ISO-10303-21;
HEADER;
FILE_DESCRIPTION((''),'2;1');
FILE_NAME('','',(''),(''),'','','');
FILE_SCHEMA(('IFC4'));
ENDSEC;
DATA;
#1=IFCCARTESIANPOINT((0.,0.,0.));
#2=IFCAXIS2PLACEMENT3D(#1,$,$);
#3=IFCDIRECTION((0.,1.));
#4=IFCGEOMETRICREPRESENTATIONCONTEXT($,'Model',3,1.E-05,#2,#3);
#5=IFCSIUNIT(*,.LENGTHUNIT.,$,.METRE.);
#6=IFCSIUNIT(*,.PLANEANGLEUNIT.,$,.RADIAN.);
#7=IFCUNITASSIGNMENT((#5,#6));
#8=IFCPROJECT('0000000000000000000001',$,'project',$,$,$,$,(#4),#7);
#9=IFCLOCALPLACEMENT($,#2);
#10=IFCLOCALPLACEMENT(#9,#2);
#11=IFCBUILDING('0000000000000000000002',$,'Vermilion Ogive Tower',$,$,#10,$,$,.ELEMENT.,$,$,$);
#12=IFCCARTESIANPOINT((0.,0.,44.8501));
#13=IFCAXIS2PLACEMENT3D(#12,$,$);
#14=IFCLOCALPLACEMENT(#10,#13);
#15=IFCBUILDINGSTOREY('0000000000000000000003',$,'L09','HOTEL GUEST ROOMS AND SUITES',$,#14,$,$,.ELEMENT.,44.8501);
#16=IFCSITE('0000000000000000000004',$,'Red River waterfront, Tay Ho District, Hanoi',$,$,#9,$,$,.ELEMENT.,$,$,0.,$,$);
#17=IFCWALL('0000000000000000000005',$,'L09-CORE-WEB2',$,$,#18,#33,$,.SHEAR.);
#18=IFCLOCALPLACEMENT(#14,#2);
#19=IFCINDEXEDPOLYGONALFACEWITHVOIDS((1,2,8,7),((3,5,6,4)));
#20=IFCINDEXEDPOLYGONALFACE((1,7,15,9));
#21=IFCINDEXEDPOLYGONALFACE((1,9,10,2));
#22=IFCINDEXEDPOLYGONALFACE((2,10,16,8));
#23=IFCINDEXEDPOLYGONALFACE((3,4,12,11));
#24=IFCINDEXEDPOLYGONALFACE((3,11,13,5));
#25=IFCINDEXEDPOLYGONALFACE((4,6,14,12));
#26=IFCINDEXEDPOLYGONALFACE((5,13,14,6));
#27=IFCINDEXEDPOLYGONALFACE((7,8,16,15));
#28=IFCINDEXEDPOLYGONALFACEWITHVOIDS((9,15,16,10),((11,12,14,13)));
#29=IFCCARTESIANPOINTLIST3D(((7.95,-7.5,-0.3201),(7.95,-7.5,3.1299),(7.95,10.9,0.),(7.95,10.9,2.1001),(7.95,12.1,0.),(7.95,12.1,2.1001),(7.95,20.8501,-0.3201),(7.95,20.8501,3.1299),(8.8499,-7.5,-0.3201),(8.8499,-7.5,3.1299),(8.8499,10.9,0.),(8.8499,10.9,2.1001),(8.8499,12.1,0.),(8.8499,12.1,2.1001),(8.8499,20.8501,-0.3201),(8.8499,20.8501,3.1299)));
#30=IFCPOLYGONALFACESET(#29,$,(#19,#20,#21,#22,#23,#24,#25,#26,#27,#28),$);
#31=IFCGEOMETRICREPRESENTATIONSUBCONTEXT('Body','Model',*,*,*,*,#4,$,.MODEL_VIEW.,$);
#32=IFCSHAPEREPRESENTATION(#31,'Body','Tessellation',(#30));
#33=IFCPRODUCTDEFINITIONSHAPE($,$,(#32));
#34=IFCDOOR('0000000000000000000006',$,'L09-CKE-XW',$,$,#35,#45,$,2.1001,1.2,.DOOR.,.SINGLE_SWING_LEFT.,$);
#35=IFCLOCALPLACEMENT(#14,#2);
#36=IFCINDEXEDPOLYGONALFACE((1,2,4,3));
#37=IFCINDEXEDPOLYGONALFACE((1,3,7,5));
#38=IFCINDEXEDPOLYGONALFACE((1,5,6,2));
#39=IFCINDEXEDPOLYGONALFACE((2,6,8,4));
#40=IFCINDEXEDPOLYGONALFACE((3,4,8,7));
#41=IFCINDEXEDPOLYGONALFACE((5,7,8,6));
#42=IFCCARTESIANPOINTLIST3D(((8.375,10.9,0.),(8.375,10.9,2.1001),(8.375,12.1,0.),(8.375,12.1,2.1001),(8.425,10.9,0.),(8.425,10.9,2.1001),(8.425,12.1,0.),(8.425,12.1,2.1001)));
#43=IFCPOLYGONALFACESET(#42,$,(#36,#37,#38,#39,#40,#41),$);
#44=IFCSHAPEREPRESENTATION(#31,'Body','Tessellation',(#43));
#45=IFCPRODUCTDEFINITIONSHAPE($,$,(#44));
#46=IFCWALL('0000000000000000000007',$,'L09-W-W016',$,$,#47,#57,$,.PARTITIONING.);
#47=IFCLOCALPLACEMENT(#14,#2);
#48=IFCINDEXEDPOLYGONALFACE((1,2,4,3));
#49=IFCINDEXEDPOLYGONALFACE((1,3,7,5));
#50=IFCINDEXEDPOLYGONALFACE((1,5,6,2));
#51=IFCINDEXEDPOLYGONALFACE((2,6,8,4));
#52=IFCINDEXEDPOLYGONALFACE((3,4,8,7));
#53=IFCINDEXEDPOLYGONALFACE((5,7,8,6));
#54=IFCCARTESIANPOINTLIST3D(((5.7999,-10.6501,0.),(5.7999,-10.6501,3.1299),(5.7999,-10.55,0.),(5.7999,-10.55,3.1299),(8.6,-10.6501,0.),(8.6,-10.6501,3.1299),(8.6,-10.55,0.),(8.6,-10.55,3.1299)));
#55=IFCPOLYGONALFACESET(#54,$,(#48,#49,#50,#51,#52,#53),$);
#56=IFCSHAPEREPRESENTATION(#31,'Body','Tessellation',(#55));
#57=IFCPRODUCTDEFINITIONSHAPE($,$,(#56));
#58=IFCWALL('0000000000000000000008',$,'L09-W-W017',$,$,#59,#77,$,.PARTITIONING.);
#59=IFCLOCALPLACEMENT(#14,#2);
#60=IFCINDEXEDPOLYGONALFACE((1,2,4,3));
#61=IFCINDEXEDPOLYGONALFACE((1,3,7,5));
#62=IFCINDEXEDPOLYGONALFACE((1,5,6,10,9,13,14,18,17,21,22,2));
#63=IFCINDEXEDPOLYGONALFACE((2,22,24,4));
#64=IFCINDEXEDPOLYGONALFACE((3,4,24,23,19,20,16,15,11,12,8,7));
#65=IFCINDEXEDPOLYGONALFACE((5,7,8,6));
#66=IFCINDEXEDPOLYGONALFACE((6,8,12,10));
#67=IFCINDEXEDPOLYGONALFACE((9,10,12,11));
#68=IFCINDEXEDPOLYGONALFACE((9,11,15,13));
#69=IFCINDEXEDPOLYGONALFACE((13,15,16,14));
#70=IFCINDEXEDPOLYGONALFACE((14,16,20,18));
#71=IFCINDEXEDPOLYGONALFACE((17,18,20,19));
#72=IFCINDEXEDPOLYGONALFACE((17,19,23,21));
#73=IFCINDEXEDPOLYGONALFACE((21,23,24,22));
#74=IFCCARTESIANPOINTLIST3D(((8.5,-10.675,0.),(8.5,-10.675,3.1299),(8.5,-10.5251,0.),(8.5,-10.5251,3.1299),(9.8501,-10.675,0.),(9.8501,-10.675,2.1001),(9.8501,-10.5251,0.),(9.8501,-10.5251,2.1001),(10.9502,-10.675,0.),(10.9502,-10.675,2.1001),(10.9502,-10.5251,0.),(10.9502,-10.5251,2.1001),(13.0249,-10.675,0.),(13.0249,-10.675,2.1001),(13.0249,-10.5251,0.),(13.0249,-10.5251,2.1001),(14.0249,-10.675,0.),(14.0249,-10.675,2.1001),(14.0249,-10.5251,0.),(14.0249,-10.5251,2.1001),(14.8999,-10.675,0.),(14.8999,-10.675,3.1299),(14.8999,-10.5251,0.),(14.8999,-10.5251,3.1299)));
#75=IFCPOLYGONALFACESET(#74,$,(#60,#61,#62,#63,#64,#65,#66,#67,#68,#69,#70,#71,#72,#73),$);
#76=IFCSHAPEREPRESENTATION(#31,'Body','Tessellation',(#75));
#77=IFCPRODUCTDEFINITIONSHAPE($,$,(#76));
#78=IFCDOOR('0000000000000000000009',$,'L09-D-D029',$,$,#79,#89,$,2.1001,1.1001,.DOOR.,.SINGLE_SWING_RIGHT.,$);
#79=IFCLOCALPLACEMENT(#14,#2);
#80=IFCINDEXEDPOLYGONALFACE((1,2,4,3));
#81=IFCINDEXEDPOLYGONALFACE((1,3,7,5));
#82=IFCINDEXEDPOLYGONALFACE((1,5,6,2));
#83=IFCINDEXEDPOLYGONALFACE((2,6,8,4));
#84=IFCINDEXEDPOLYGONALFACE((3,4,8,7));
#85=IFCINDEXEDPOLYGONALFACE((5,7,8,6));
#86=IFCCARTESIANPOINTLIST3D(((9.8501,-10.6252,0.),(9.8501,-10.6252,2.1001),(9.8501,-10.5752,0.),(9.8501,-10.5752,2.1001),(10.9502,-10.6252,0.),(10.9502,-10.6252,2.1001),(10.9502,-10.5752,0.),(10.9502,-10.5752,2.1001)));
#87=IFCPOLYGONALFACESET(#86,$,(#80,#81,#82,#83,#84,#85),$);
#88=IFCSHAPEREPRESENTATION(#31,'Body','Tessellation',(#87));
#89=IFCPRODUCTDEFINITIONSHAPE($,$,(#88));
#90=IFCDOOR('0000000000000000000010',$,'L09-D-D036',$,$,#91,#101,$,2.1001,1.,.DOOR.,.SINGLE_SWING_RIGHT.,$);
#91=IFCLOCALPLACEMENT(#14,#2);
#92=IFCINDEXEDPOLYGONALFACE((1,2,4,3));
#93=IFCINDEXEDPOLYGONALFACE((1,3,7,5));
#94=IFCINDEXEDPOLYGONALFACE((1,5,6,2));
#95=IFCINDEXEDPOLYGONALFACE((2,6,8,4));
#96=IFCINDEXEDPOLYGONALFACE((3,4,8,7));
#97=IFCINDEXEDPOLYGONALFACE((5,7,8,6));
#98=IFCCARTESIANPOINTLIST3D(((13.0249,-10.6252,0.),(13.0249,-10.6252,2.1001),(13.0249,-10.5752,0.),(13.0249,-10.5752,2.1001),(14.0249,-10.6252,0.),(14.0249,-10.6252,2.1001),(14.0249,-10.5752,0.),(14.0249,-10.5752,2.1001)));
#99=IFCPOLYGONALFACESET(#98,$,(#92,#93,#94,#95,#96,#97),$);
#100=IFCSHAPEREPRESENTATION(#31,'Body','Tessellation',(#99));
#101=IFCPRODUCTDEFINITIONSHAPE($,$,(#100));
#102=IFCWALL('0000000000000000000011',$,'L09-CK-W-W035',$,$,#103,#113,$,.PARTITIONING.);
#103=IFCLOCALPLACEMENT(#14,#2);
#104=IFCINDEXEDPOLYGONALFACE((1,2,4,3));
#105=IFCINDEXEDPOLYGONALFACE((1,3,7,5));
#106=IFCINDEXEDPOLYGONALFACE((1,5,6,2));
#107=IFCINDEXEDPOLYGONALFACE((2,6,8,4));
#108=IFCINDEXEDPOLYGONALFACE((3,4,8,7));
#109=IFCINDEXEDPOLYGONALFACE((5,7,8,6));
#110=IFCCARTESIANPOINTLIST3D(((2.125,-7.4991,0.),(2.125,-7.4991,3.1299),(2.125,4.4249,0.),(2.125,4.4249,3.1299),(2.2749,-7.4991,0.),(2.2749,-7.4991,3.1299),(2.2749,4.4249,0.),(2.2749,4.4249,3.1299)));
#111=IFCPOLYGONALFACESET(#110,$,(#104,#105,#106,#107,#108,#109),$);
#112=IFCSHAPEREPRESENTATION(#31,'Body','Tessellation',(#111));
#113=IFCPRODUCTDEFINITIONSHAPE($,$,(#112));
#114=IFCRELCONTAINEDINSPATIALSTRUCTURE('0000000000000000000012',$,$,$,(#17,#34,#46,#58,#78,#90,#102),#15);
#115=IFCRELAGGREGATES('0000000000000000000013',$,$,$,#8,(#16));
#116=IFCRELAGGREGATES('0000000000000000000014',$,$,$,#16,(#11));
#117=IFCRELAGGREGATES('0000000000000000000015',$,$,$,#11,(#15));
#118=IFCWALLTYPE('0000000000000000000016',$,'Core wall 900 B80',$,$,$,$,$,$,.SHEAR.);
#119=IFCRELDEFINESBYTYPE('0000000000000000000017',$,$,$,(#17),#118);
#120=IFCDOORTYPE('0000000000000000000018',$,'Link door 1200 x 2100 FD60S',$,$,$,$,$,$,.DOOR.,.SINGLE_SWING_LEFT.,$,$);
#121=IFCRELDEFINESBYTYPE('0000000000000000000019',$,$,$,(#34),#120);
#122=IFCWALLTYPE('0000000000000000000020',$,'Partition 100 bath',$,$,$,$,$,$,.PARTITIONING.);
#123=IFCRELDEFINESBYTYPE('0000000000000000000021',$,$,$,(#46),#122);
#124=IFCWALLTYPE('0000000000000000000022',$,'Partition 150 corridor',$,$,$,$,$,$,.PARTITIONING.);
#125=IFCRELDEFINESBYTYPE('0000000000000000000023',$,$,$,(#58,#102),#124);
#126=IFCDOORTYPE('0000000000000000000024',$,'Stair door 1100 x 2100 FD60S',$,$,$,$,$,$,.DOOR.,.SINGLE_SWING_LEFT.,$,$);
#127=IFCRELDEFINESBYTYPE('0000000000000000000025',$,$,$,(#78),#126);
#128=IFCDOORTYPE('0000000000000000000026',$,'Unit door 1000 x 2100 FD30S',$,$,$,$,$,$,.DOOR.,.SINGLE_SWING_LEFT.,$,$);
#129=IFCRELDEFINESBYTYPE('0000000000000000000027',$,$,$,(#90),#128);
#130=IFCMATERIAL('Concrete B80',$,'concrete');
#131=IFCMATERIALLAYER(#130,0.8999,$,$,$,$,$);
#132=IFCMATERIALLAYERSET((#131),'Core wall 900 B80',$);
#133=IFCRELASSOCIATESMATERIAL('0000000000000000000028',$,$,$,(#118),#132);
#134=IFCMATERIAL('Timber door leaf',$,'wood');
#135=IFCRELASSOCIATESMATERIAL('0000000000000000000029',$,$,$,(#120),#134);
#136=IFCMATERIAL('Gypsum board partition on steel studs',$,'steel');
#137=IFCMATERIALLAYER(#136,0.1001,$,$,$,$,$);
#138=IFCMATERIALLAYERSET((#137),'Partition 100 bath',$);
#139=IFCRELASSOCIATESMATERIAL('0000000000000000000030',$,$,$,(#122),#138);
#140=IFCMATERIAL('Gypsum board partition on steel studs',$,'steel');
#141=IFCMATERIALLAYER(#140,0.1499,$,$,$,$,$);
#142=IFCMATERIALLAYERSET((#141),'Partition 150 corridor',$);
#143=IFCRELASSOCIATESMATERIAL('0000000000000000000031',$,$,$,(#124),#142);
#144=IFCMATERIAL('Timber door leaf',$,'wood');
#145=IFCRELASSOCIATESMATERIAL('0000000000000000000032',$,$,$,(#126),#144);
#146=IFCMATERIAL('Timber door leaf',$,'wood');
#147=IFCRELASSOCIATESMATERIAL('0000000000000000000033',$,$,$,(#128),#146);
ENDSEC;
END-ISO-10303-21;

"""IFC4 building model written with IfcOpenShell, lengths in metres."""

from ifc_helpers import new_model, si_unit, direction, frame, frame_2d, origin, place, context, subcontext, project, spatial, rectangle, extrude, material, layer, layer_set, type_object, element, fill, save


model = new_model("IFC4")

# Units and contexts
model_context = context("Model", 3, precision=1e-05, world=origin(), true_north=direction((0.0, 1.0)))
body_context = subcontext(model_context, "Body", "Model", "MODEL_VIEW")
ifc_project = project(units=[si_unit("LENGTHUNIT", "METRE"), si_unit("PLANEANGLEUNIT", "RADIAN")], contexts=[model_context])

# Site, building, storey
site_placement = place(None, origin())
site = spatial("IfcSite", under=ifc_project, at=site_placement, Name="Red River waterfront, Tay Ho District, Hanoi", CompositionType="ELEMENT", RefElevation=0.0)
building_placement = place(site_placement, origin())
building = spatial("IfcBuilding", under=site, at=building_placement, Name="Vermilion Ogive Tower", CompositionType="ELEMENT")
storey_placement = place(building_placement, frame((0.0, 0.0, 44.8501)))
storey = spatial("IfcBuildingStorey", under=building, at=storey_placement, Name="L09", Description="HOTEL GUEST ROOMS AND SUITES", CompositionType="ELEMENT", Elevation=44.8501)

# Shared definitions
ifc_material_1 = material(Name="Concrete B80", Category="concrete")
ifc_layer_1 = layer(ifc_material_1, 0.8999)
ifc_layer_set_1 = layer_set([ifc_layer_1], Name="Core wall 900 B80")
wall_type_1 = type_object("IfcWallType", Name="Core wall 900 B80", PredefinedType="SHEAR", material=ifc_layer_set_1)
ifc_material_2 = material(Name="Timber door leaf", Category="wood")
door_type_1 = type_object("IfcDoorType", Name="Link door 1200 x 2100 FD60S", OperationType="SINGLE_SWING_LEFT", PredefinedType="DOOR", material=ifc_material_2)

# Wall, opening, door
wall_1_placement = place(storey_placement, frame((8.3999, -7.5, -0.3201), z_axis=(0.0, 0.0, 1.0), x_axis=(0.0, 1.0, 0.0)))
wall_1 = element("IfcWall", 1, at=wall_1_placement, inside=storey, type_object=wall_type_1, Name="L09-CORE-WEB2", PredefinedType="SHEAR", context=body_context, shape_type="SweptSolid", body=[
    extrude(rectangle(XDim=28.3501, YDim=0.8999, at=frame_2d((14.175, 0.0))), origin(), (0.0, 0.0, 1.0), 3.45),
])
opening_1_placement = place(wall_1_placement, frame((18.3999, 0.0, 0.3201)))
opening_1 = element("IfcOpeningElement", 2, at=opening_1_placement, cuts=wall_1, PredefinedType="OPENING", context=body_context, shape_type="SweptSolid", body=[
    extrude(rectangle(XDim=1.2, YDim=2.1001, at=frame_2d((0.6001, 1.05))), frame((0.0, 0.46, 0.0), z_axis=(0.0, -1.0, 0.0), x_axis=(1.0, 0.0, 0.0)), (0.0, 0.0, 1.0), 0.9199),
])
door_1_placement = place(opening_1_placement, origin())
door_1 = element("IfcDoor", 3, at=door_1_placement, inside=storey, type_object=door_type_1, Name="L09-CKE-XW", OperationType="SINGLE_SWING_LEFT", OverallHeight=2.1001, OverallWidth=1.2, PredefinedType="DOOR", context=body_context, shape_type="SweptSolid", body=[
    extrude(rectangle(XDim=1.2, YDim=2.1001, at=frame_2d((0.6001, 1.05))), frame((0.0, 0.0249, 0.0), z_axis=(0.0, -1.0, 0.0), x_axis=(1.0, 0.0, 0.0)), (0.0, 0.0, 1.0), 0.05),
])
fill(opening_1, door_1)

# Wall
ifc_material_3 = material(Name="Gypsum board partition on steel studs", Category="steel")
ifc_layer_2 = layer(ifc_material_3, 0.1001)
ifc_layer_set_2 = layer_set([ifc_layer_2], Name="Partition 100 bath")
wall_type_2 = type_object("IfcWallType", Name="Partition 100 bath", PredefinedType="PARTITIONING", material=ifc_layer_set_2)
wall_2_placement = place(storey_placement, frame((5.8, -10.6001, 0.0), z_axis=(0.0, 0.0, 1.0), x_axis=(1.0, 0.0, 0.0)))
element("IfcWall", 4, at=wall_2_placement, inside=storey, type_object=wall_type_2, Name="L09-W-W016", PredefinedType="PARTITIONING", context=body_context, shape_type="SweptSolid", body=[
    extrude(rectangle(XDim=2.8, YDim=0.1001, at=frame_2d((1.3999, 0.0))), origin(), (0.0, 0.0, 1.0), 3.1299),
])

# Wall, openings, doors
ifc_material_4 = material(Name="Gypsum board partition on steel studs", Category="steel")
ifc_layer_3 = layer(ifc_material_4, 0.1499)
ifc_layer_set_3 = layer_set([ifc_layer_3], Name="Partition 150 corridor")
wall_type_3 = type_object("IfcWallType", Name="Partition 150 corridor", PredefinedType="PARTITIONING", material=ifc_layer_set_3)
wall_3_placement = place(storey_placement, frame((8.5, -10.6001, 0.0), z_axis=(0.0, 0.0, 1.0), x_axis=(1.0, 0.0, 0.0)))
wall_3 = element("IfcWall", 5, at=wall_3_placement, inside=storey, type_object=wall_type_3, Name="L09-W-W017", PredefinedType="PARTITIONING", context=body_context, shape_type="SweptSolid", body=[
    extrude(rectangle(XDim=6.3999, YDim=0.1499, at=frame_2d((3.2, 0.0))), origin(), (0.0, 0.0, 1.0), 3.1299),
])
opening_2_placement = place(wall_3_placement, frame((1.3501, 0.0, 0.0)))
opening_2 = element("IfcOpeningElement", 6, at=opening_2_placement, cuts=wall_3, PredefinedType="OPENING", context=body_context, shape_type="SweptSolid", body=[
    extrude(rectangle(XDim=1.1001, YDim=2.1001, at=frame_2d((0.55, 1.05))), frame((0.0, 0.085, 0.0), z_axis=(0.0, -1.0, 0.0), x_axis=(1.0, 0.0, 0.0)), (0.0, 0.0, 1.0), 0.1699),
])
opening_3_placement = place(wall_3_placement, frame((4.5249, 0.0, 0.0)))
opening_3 = element("IfcOpeningElement", 7, at=opening_3_placement, cuts=wall_3, PredefinedType="OPENING", context=body_context, shape_type="SweptSolid", body=[
    extrude(rectangle(XDim=1.0, YDim=2.1001, at=frame_2d((0.5, 1.05))), frame((0.0, 0.085, 0.0), z_axis=(0.0, -1.0, 0.0), x_axis=(1.0, 0.0, 0.0)), (0.0, 0.0, 1.0), 0.1699),
])
ifc_material_5 = material(Name="Timber door leaf", Category="wood")
door_type_2 = type_object("IfcDoorType", Name="Stair door 1100 x 2100 FD60S", OperationType="SINGLE_SWING_LEFT", PredefinedType="DOOR", material=ifc_material_5)
door_2_placement = place(opening_2_placement, origin())
door_2 = element("IfcDoor", 8, at=door_2_placement, inside=storey, type_object=door_type_2, Name="L09-D-D029", OperationType="SINGLE_SWING_RIGHT", OverallHeight=2.1001, OverallWidth=1.1001, PredefinedType="DOOR", context=body_context, shape_type="SweptSolid", body=[
    extrude(rectangle(XDim=1.1001, YDim=2.1001, at=frame_2d((0.55, 1.05))), frame((0.0, 0.0249, 0.0), z_axis=(0.0, -1.0, 0.0), x_axis=(1.0, 0.0, 0.0)), (0.0, 0.0, 1.0), 0.05),
])
fill(opening_2, door_2)
ifc_material_6 = material(Name="Timber door leaf", Category="wood")
door_type_3 = type_object("IfcDoorType", Name="Unit door 1000 x 2100 FD30S", OperationType="SINGLE_SWING_LEFT", PredefinedType="DOOR", material=ifc_material_6)
door_3_placement = place(opening_3_placement, origin())
door_3 = element("IfcDoor", 9, at=door_3_placement, inside=storey, type_object=door_type_3, Name="L09-D-D036", OperationType="SINGLE_SWING_RIGHT", OverallHeight=2.1001, OverallWidth=1.0, PredefinedType="DOOR", context=body_context, shape_type="SweptSolid", body=[
    extrude(rectangle(XDim=1.0, YDim=2.1001, at=frame_2d((0.5, 1.05))), frame((0.0, 0.0249, 0.0), z_axis=(0.0, -1.0, 0.0), x_axis=(1.0, 0.0, 0.0)), (0.0, 0.0, 1.0), 0.05),
])
fill(opening_3, door_3)

# Wall
wall_4_placement = place(storey_placement, frame((2.2, -7.499, 0.0), z_axis=(0.0, 0.0, 1.0), x_axis=(0.0, 1.0, 0.0)))
element("IfcWall", 10, at=wall_4_placement, inside=storey, type_object=wall_type_3, Name="L09-CK-W-W035", PredefinedType="PARTITIONING", context=body_context, shape_type="SweptSolid", body=[
    extrude(rectangle(XDim=11.9241, YDim=0.1499, at=frame_2d((5.9619, 0.0))), origin(), (0.0, 0.0, 1.0), 3.1299),
])

save(model, "model.ifc")
